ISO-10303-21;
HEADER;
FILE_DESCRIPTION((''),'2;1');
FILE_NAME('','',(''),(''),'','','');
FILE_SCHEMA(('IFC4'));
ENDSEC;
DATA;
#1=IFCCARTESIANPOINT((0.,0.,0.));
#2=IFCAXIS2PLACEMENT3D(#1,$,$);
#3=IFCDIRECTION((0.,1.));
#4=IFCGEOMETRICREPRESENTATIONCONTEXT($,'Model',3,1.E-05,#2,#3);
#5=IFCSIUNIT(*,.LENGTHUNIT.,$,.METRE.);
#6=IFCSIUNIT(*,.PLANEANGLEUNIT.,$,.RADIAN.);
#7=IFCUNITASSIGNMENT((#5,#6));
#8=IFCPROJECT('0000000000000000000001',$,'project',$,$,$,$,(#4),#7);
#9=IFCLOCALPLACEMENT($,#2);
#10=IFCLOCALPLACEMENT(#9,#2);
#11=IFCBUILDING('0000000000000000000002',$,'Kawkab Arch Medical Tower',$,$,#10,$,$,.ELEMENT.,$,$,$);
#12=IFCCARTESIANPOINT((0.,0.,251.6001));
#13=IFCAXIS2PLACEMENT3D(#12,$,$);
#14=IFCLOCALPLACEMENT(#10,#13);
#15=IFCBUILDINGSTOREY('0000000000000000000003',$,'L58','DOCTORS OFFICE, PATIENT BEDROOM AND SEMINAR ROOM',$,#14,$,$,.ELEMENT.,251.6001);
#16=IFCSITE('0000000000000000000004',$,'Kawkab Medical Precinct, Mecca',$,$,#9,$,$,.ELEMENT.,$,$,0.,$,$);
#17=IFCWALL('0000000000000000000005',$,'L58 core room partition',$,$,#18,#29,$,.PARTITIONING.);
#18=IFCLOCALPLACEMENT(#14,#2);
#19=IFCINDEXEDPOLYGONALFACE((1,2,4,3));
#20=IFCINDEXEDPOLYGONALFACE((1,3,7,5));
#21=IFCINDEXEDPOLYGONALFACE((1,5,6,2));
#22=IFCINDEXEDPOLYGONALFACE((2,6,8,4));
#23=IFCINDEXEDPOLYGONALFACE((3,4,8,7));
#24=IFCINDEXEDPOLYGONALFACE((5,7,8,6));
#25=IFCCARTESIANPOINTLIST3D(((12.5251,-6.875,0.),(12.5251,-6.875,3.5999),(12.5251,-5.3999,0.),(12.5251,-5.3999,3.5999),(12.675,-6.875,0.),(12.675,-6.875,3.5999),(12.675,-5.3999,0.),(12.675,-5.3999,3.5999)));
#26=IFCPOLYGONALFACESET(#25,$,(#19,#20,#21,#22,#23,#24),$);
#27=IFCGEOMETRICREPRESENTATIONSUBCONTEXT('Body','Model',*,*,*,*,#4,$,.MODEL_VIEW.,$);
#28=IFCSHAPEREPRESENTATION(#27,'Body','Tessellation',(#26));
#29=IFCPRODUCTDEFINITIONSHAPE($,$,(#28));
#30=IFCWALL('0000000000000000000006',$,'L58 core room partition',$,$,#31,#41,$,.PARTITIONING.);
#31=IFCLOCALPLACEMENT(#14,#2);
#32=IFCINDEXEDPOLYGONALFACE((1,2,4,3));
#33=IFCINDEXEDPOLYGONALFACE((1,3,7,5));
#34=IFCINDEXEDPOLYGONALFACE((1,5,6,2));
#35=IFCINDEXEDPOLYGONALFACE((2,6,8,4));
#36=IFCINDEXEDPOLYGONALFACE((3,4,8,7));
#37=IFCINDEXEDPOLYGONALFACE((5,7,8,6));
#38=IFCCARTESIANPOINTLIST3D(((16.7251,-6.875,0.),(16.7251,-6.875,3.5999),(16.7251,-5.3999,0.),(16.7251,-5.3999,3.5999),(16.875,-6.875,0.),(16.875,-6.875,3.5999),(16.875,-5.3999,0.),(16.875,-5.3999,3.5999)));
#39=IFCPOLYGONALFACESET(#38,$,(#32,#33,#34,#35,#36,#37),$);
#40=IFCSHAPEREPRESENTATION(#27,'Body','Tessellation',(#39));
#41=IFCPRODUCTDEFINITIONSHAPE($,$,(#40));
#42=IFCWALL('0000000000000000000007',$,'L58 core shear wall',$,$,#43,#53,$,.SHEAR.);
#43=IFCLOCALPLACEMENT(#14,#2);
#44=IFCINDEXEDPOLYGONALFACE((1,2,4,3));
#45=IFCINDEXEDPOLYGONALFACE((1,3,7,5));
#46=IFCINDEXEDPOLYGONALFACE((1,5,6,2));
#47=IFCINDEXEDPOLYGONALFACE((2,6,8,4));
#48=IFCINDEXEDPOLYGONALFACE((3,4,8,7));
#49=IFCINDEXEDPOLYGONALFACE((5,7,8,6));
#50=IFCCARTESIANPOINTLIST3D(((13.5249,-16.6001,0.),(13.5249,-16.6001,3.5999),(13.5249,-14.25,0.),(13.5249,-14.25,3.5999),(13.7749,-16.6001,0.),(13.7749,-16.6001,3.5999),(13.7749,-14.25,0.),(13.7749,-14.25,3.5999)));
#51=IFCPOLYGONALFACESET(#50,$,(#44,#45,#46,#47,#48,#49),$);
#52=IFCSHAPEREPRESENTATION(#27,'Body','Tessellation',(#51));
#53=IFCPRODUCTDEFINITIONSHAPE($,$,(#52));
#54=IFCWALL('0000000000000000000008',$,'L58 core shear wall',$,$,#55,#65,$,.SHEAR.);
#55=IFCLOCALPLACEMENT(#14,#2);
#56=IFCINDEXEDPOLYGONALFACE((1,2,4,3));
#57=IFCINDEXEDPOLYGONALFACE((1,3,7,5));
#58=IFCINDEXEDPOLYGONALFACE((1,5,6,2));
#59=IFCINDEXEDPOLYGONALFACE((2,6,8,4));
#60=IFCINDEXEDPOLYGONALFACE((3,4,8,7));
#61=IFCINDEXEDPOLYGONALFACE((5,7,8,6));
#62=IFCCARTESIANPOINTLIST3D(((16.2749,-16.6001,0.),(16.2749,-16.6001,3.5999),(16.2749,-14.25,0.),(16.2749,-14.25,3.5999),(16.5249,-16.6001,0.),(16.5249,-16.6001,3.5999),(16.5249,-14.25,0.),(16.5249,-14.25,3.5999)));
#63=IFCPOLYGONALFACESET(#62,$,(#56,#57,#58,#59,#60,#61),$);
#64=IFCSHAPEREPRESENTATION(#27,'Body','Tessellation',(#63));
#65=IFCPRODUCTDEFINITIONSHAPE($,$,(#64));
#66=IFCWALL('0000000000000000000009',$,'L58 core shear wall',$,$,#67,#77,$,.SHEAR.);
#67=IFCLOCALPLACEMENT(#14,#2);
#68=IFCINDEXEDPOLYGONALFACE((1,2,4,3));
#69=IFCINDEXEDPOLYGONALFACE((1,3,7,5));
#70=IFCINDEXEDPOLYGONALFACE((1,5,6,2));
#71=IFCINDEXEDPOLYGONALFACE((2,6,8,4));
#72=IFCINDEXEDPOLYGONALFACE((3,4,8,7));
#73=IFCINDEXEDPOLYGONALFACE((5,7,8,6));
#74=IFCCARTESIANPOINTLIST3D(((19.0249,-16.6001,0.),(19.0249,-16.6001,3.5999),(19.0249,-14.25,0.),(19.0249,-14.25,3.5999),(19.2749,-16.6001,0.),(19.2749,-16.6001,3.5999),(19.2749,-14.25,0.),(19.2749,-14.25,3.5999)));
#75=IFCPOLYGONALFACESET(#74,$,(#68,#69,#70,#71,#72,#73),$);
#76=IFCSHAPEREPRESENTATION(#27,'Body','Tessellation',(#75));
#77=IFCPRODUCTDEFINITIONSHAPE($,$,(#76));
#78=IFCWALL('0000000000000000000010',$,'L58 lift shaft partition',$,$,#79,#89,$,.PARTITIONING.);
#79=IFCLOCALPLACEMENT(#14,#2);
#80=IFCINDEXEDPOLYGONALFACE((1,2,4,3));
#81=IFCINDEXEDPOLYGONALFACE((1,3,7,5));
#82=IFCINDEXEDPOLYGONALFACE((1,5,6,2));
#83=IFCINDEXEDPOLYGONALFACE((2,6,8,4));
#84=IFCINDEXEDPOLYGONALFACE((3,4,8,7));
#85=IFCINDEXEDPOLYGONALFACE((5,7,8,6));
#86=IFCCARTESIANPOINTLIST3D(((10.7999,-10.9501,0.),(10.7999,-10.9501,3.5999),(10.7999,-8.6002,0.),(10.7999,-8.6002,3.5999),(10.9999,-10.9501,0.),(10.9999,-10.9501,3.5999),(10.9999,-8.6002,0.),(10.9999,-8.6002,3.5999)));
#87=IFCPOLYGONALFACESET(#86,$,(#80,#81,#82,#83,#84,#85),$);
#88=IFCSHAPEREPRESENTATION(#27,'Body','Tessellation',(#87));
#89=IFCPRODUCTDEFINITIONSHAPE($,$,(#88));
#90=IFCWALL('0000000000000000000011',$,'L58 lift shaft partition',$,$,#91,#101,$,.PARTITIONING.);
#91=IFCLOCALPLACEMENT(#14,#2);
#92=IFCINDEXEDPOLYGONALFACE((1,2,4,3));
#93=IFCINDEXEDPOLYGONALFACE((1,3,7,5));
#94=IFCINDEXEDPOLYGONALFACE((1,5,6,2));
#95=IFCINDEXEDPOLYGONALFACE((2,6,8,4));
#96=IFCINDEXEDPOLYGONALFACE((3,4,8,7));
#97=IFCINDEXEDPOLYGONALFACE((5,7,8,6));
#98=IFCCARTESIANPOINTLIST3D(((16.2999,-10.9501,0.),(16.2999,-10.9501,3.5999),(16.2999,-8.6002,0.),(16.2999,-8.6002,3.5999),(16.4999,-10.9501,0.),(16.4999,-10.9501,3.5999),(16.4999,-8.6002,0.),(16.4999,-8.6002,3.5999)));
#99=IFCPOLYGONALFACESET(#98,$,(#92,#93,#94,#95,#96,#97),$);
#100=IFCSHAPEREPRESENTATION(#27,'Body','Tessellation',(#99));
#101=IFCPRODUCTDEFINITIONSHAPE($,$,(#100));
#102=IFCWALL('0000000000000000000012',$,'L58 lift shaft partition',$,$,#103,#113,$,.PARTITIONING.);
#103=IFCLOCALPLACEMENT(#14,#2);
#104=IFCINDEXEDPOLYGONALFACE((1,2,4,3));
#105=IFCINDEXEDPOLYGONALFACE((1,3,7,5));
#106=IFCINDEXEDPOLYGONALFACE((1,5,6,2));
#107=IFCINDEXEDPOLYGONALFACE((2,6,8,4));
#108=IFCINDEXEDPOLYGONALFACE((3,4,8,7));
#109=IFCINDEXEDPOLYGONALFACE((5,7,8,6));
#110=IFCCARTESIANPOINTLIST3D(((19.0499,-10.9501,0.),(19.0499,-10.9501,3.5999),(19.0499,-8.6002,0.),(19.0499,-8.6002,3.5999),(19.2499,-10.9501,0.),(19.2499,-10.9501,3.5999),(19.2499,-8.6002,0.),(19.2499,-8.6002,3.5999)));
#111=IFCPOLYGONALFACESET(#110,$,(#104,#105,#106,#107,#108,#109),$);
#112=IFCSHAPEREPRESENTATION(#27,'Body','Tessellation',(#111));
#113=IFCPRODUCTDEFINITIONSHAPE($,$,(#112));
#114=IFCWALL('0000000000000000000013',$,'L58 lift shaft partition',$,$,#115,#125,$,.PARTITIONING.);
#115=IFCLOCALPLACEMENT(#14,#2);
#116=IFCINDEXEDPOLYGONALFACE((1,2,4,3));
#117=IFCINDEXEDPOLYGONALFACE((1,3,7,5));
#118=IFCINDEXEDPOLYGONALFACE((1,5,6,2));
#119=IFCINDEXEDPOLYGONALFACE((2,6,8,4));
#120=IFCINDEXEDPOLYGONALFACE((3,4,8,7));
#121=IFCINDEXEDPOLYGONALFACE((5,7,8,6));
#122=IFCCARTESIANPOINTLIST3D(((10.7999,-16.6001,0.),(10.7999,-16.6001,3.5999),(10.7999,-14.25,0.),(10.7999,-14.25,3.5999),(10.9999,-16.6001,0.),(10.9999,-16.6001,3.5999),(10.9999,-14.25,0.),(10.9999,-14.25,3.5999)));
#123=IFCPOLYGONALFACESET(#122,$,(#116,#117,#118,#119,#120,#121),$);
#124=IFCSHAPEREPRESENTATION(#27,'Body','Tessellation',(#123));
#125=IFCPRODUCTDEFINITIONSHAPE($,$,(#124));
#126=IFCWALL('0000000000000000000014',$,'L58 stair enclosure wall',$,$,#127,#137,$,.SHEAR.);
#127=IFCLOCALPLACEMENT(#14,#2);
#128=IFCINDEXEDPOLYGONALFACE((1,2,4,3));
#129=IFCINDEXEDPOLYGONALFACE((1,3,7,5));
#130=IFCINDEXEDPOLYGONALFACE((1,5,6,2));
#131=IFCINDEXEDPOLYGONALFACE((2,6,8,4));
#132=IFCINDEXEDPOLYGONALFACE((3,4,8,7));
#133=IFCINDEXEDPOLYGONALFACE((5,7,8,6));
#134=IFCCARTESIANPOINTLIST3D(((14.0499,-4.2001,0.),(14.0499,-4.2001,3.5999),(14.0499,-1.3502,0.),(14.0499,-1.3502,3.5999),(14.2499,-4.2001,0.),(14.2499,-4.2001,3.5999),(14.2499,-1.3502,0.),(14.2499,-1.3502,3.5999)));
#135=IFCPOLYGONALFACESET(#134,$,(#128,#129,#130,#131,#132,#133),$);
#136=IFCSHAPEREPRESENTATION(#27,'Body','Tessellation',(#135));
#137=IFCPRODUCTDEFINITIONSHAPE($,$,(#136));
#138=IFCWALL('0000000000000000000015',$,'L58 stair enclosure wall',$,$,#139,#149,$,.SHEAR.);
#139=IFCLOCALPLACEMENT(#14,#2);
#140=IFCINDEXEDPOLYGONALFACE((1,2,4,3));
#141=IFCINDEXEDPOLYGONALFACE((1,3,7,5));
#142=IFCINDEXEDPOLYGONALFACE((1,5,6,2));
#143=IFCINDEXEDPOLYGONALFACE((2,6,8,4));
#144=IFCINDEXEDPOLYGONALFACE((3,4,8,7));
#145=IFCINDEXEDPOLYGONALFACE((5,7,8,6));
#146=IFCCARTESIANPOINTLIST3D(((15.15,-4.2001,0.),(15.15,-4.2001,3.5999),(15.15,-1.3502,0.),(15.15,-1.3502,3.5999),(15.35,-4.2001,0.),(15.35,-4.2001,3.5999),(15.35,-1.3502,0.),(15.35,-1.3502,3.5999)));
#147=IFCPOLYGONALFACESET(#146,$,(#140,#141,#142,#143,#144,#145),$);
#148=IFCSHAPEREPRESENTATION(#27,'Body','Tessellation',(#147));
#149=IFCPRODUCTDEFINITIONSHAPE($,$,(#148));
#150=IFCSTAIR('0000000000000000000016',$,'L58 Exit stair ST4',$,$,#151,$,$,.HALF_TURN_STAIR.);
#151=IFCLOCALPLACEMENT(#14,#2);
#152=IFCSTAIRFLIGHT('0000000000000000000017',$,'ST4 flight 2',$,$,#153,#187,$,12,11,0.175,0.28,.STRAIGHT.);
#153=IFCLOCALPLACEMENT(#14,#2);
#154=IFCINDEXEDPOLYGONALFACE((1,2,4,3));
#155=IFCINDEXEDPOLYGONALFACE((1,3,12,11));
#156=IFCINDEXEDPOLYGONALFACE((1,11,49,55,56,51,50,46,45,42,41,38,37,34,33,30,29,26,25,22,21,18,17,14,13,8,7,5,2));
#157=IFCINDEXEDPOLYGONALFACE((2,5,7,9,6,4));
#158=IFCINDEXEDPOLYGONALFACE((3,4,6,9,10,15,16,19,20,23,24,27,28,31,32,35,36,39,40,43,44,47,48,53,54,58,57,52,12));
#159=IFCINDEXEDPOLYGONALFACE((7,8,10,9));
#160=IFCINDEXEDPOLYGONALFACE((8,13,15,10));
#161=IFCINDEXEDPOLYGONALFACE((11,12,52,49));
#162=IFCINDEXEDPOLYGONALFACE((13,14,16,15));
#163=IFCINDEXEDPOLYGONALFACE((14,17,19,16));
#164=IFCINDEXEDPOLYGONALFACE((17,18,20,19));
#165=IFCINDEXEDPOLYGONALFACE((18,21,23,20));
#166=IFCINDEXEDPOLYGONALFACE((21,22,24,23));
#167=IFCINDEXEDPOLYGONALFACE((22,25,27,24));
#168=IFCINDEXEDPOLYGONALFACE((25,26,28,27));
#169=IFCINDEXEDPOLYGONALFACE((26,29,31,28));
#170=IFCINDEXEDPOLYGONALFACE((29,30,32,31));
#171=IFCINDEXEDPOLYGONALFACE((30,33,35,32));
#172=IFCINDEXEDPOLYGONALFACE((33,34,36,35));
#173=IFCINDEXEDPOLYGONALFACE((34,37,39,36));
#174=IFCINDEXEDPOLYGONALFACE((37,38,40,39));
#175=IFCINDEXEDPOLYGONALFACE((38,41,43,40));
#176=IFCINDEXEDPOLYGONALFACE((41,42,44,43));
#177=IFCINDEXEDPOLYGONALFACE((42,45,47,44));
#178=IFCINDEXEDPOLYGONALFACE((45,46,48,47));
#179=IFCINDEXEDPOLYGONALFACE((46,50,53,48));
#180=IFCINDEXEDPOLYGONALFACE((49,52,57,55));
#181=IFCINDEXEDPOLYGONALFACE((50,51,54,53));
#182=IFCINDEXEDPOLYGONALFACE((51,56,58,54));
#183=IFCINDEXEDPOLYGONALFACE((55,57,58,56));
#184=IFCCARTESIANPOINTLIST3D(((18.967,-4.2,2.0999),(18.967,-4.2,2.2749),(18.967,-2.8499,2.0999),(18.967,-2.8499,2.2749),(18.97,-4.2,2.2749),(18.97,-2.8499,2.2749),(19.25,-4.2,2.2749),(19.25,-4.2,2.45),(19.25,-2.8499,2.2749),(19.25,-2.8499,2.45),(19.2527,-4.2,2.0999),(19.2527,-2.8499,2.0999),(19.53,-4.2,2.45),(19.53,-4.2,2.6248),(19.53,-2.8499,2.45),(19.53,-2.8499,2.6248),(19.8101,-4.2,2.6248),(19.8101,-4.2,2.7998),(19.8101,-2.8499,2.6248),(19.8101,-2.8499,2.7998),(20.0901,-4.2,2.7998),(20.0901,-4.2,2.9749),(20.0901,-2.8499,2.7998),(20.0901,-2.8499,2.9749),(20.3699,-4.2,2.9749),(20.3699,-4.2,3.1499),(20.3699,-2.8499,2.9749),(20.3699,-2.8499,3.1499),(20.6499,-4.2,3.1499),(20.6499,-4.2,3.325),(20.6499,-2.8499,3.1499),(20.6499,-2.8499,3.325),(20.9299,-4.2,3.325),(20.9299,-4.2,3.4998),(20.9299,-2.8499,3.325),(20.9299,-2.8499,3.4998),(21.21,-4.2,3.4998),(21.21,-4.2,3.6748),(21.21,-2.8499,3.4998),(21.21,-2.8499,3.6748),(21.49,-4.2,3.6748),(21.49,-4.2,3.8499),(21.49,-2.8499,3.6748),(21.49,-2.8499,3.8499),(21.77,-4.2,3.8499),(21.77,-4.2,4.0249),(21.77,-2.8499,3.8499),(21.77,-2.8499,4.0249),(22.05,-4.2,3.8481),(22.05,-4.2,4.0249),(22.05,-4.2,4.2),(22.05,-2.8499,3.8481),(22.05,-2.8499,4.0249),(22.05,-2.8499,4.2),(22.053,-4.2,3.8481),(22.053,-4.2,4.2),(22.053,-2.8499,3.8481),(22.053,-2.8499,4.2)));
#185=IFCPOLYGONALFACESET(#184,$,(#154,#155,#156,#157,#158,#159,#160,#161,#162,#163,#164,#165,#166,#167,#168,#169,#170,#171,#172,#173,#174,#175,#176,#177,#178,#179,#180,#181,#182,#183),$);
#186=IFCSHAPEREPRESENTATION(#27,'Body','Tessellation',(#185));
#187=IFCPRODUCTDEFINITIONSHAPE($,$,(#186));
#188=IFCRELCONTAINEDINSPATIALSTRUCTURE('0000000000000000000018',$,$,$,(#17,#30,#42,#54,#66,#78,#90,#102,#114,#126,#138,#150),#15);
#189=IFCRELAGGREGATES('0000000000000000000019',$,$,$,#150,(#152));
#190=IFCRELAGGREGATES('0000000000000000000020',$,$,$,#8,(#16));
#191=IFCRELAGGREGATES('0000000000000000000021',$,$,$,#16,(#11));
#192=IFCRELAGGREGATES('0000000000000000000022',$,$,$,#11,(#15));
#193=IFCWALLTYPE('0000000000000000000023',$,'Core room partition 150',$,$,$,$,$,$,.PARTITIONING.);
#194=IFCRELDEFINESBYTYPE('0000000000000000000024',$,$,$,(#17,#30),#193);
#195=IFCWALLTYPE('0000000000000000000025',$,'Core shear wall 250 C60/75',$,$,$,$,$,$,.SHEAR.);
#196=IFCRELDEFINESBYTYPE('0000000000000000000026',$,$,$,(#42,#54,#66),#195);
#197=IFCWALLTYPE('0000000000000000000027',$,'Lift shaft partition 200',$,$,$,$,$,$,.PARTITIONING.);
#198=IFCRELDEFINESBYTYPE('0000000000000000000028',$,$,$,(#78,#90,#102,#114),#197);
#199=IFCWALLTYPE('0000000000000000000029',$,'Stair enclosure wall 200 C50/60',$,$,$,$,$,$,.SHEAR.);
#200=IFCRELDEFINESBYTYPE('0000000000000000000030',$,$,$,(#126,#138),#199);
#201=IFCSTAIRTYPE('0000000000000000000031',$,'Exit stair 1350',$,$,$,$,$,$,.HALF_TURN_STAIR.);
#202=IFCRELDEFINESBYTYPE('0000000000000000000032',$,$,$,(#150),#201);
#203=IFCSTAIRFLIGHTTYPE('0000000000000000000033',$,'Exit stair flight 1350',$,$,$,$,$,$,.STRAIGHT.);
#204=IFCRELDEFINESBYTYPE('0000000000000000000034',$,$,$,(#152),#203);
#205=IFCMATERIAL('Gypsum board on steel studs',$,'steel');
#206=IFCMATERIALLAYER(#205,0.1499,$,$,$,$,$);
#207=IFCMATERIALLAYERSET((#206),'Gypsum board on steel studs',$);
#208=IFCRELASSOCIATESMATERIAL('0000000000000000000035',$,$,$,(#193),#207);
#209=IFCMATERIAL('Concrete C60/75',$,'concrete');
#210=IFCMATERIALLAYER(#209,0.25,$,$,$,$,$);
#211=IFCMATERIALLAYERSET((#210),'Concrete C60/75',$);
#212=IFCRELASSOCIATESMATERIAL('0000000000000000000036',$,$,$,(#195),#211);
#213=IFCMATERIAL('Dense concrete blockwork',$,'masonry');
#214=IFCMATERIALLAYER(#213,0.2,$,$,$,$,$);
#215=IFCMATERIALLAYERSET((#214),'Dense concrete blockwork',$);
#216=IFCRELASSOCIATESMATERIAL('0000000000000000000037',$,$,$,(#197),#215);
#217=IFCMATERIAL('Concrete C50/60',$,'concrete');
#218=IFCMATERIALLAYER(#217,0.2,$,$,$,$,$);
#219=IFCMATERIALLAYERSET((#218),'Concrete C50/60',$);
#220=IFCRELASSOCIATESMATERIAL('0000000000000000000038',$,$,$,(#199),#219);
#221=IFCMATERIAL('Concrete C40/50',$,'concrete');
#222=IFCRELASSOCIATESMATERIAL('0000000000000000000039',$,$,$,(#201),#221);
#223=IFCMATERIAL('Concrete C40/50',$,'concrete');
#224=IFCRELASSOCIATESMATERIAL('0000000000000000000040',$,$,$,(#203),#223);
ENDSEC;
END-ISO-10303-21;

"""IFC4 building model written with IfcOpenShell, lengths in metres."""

from ifc_helpers import new_model, si_unit, direction, frame, frame_2d, origin, place, context, subcontext, project, spatial, polyline, rectangle, outline, extrude, material, layer, layer_set, type_object, element, aggregate, save


model = new_model("IFC4")

# Units and contexts
model_context = context("Model", 3, precision=1e-05, world=origin(), true_north=direction((0.0, 1.0)))
body_context = subcontext(model_context, "Body", "Model", "MODEL_VIEW")
ifc_project = project(units=[si_unit("LENGTHUNIT", "METRE"), si_unit("PLANEANGLEUNIT", "RADIAN")], contexts=[model_context])

# Site, building, storey
site_placement = place(None, origin())
site = spatial("IfcSite", under=ifc_project, at=site_placement, Name="Kawkab Medical Precinct, Mecca", CompositionType="ELEMENT", RefElevation=0.0)
building_placement = place(site_placement, origin())
building = spatial("IfcBuilding", under=site, at=building_placement, Name="Kawkab Arch Medical Tower", CompositionType="ELEMENT")
storey_placement = place(building_placement, frame((0.0, 0.0, 251.6001)))
storey = spatial("IfcBuildingStorey", under=building, at=storey_placement, Name="L58", Description="DOCTORS OFFICE, PATIENT BEDROOM AND SEMINAR ROOM", CompositionType="ELEMENT", Elevation=251.6001)

# Walls
ifc_material_1 = material(Name="Gypsum board on steel studs", Category="steel")
ifc_layer_1 = layer(ifc_material_1, 0.1499)
ifc_layer_set_1 = layer_set([ifc_layer_1], Name="Gypsum board on steel studs")
wall_type_1 = type_object("IfcWallType", Name="Core room partition 150", PredefinedType="PARTITIONING", material=ifc_layer_set_1)
for number, where, z_axis, x_axis, name in (
    (1, (12.6001, -6.875, 0.0), (0.0, 0.0, 1.0), (0.0, 1.0, 0.0), "L58 core room partition"),
    (2, (16.8, -6.875, 0.0), (0.0, 0.0, 1.0), (0.0, 1.0, 0.0), "L58 core room partition"),
):
    element("IfcWall", number, at=place(storey_placement, frame(where, z_axis=z_axis, x_axis=x_axis)), inside=storey, type_object=wall_type_1, Name=name, PredefinedType="PARTITIONING", context=body_context, shape_type="SweptSolid", body=[
        extrude(rectangle(XDim=1.4751, YDim=0.1499, at=frame_2d((0.7375, 0.0))), origin(), (0.0, 0.0, 1.0), 3.5999),
    ])
ifc_material_2 = material(Name="Concrete C60/75", Category="concrete")
ifc_layer_2 = layer(ifc_material_2, 0.25)
ifc_layer_set_2 = layer_set([ifc_layer_2], Name="Concrete C60/75")
wall_type_2 = type_object("IfcWallType", Name="Core shear wall 250 C60/75", PredefinedType="SHEAR", material=ifc_layer_set_2)
for number, where, z_axis, x_axis, name in (
    (3, (13.6499, -16.6001, 0.0), (0.0, 0.0, 1.0), (0.0, 1.0, 0.0), "L58 core shear wall"),
    (4, (16.3999, -16.6001, 0.0), (0.0, 0.0, 1.0), (0.0, 1.0, 0.0), "L58 core shear wall"),
    (5, (19.1499, -16.6001, 0.0), (0.0, 0.0, 1.0), (0.0, 1.0, 0.0), "L58 core shear wall"),
):
    element("IfcWall", number, at=place(storey_placement, frame(where, z_axis=z_axis, x_axis=x_axis)), inside=storey, type_object=wall_type_2, Name=name, PredefinedType="SHEAR", context=body_context, shape_type="SweptSolid", body=[
        extrude(rectangle(XDim=2.3501, YDim=0.25, at=frame_2d((1.175, 0.0))), origin(), (0.0, 0.0, 1.0), 3.5999),
    ])
ifc_material_3 = material(Name="Dense concrete blockwork", Category="masonry")
ifc_layer_3 = layer(ifc_material_3, 0.2)
ifc_layer_set_3 = layer_set([ifc_layer_3], Name="Dense concrete blockwork")
wall_type_3 = type_object("IfcWallType", Name="Lift shaft partition 200", PredefinedType="PARTITIONING", material=ifc_layer_set_3)
for number, where, z_axis, x_axis, name in (
    (6, (10.8999, -10.95, 0.0), (0.0, 0.0, 1.0), (0.0, 1.0, 0.0), "L58 lift shaft partition"),
    (7, (16.3999, -10.95, 0.0), (0.0, 0.0, 1.0), (0.0, 1.0, 0.0), "L58 lift shaft partition"),
    (8, (19.1499, -10.95, 0.0), (0.0, 0.0, 1.0), (0.0, 1.0, 0.0), "L58 lift shaft partition"),
):
    element("IfcWall", number, at=place(storey_placement, frame(where, z_axis=z_axis, x_axis=x_axis)), inside=storey, type_object=wall_type_3, Name=name, PredefinedType="PARTITIONING", context=body_context, shape_type="SweptSolid", body=[
        extrude(rectangle(XDim=2.3499, YDim=0.2, at=frame_2d((1.1748, 0.0))), origin(), (0.0, 0.0, 1.0), 3.5999),
    ])
wall_placement = place(storey_placement, frame((10.8999, -16.6001, 0.0), z_axis=(0.0, 0.0, 1.0), x_axis=(0.0, 1.0, 0.0)))
element("IfcWall", 9, at=wall_placement, inside=storey, type_object=wall_type_3, Name="L58 lift shaft partition", PredefinedType="PARTITIONING", context=body_context, shape_type="SweptSolid", body=[
    extrude(rectangle(XDim=2.3501, YDim=0.2, at=frame_2d((1.175, 0.0))), origin(), (0.0, 0.0, 1.0), 3.5999),
])
ifc_material_4 = material(Name="Concrete C50/60", Category="concrete")
ifc_layer_4 = layer(ifc_material_4, 0.2)
ifc_layer_set_4 = layer_set([ifc_layer_4], Name="Concrete C50/60")
wall_type_4 = type_object("IfcWallType", Name="Stair enclosure wall 200 C50/60", PredefinedType="SHEAR", material=ifc_layer_set_4)
for number, where, z_axis, x_axis, name in (
    (10, (14.1499, -4.2, 0.0), (0.0, 0.0, 1.0), (0.0, 1.0, 0.0), "L58 stair enclosure wall"),
    (11, (15.25, -4.2, 0.0), (0.0, 0.0, 1.0), (0.0, 1.0, 0.0), "L58 stair enclosure wall"),
):
    element("IfcWall", number, at=place(storey_placement, frame(where, z_axis=z_axis, x_axis=x_axis)), inside=storey, type_object=wall_type_4, Name=name, PredefinedType="SHEAR", context=body_context, shape_type="SweptSolid", body=[
        extrude(rectangle(XDim=2.8499, YDim=0.2, at=frame_2d((1.4248, 0.0))), origin(), (0.0, 0.0, 1.0), 3.5999),
    ])

# Stair, stair flight
ifc_material_5 = material(Name="Concrete C40/50", Category="concrete")
stair_type = type_object("IfcStairType", Name="Exit stair 1350", PredefinedType="HALF_TURN_STAIR", material=ifc_material_5)
stair_placement = place(storey_placement, origin())
stair = element("IfcStair", 12, at=stair_placement, inside=storey, type_object=stair_type, Name="L58 Exit stair ST4", PredefinedType="HALF_TURN_STAIR")
ifc_material_6 = material(Name="Concrete C40/50", Category="concrete")
stair_flight_type = type_object("IfcStairFlightType", Name="Exit stair flight 1350", PredefinedType="STRAIGHT", material=ifc_material_6)
stair_flight_placement = place(storey_placement, frame((18.97, -3.5249, 2.0999), z_axis=(0.0, 0.0, 1.0), x_axis=(1.0, 0.0, 0.0)))
stair_flight = element("IfcStairFlight", 13, at=stair_flight_placement, type_object=stair_flight_type, Name="ST4 flight 2", NumberOfRisers=12, NumberOfTreads=11, PredefinedType="STRAIGHT", RiserHeight=0.175, TreadLength=0.28, context=body_context, shape_type="SweptSolid", body=[
    extrude(outline(polyline([(-0.0029, 0.0), (-0.0029, 0.175), (0.0, 0.175), (0.28, 0.175), (0.28, 0.3501), (0.5601, 0.3501), (0.5601, 0.5249), (0.8401, 0.5249), (0.8401, 0.7), (1.1201, 0.7), (1.1201, 0.875), (1.3999, 0.875), (1.3999, 1.05), (1.6799, 1.05), (1.6799, 1.2251), (1.96, 1.2251), (1.96, 1.3999), (2.24, 1.3999), (2.24, 1.575), (2.52, 1.575), (2.52, 1.75), (2.8, 1.75), (2.8, 1.925), (3.0801, 1.925), (3.0801, 2.1001), (3.083, 2.1001), (3.083, 1.7483), (3.0801, 1.7483), (0.2827, 0.0), (-0.0029, 0.0)])), frame((0.0, 0.675, 0.0), z_axis=(0.0, -1.0, 0.0), x_axis=(1.0, 0.0, 0.0)), (0.0, 0.0, 1.0), 1.3501),
])
aggregate(stair, [stair_flight])

save(model, "model.ifc")
